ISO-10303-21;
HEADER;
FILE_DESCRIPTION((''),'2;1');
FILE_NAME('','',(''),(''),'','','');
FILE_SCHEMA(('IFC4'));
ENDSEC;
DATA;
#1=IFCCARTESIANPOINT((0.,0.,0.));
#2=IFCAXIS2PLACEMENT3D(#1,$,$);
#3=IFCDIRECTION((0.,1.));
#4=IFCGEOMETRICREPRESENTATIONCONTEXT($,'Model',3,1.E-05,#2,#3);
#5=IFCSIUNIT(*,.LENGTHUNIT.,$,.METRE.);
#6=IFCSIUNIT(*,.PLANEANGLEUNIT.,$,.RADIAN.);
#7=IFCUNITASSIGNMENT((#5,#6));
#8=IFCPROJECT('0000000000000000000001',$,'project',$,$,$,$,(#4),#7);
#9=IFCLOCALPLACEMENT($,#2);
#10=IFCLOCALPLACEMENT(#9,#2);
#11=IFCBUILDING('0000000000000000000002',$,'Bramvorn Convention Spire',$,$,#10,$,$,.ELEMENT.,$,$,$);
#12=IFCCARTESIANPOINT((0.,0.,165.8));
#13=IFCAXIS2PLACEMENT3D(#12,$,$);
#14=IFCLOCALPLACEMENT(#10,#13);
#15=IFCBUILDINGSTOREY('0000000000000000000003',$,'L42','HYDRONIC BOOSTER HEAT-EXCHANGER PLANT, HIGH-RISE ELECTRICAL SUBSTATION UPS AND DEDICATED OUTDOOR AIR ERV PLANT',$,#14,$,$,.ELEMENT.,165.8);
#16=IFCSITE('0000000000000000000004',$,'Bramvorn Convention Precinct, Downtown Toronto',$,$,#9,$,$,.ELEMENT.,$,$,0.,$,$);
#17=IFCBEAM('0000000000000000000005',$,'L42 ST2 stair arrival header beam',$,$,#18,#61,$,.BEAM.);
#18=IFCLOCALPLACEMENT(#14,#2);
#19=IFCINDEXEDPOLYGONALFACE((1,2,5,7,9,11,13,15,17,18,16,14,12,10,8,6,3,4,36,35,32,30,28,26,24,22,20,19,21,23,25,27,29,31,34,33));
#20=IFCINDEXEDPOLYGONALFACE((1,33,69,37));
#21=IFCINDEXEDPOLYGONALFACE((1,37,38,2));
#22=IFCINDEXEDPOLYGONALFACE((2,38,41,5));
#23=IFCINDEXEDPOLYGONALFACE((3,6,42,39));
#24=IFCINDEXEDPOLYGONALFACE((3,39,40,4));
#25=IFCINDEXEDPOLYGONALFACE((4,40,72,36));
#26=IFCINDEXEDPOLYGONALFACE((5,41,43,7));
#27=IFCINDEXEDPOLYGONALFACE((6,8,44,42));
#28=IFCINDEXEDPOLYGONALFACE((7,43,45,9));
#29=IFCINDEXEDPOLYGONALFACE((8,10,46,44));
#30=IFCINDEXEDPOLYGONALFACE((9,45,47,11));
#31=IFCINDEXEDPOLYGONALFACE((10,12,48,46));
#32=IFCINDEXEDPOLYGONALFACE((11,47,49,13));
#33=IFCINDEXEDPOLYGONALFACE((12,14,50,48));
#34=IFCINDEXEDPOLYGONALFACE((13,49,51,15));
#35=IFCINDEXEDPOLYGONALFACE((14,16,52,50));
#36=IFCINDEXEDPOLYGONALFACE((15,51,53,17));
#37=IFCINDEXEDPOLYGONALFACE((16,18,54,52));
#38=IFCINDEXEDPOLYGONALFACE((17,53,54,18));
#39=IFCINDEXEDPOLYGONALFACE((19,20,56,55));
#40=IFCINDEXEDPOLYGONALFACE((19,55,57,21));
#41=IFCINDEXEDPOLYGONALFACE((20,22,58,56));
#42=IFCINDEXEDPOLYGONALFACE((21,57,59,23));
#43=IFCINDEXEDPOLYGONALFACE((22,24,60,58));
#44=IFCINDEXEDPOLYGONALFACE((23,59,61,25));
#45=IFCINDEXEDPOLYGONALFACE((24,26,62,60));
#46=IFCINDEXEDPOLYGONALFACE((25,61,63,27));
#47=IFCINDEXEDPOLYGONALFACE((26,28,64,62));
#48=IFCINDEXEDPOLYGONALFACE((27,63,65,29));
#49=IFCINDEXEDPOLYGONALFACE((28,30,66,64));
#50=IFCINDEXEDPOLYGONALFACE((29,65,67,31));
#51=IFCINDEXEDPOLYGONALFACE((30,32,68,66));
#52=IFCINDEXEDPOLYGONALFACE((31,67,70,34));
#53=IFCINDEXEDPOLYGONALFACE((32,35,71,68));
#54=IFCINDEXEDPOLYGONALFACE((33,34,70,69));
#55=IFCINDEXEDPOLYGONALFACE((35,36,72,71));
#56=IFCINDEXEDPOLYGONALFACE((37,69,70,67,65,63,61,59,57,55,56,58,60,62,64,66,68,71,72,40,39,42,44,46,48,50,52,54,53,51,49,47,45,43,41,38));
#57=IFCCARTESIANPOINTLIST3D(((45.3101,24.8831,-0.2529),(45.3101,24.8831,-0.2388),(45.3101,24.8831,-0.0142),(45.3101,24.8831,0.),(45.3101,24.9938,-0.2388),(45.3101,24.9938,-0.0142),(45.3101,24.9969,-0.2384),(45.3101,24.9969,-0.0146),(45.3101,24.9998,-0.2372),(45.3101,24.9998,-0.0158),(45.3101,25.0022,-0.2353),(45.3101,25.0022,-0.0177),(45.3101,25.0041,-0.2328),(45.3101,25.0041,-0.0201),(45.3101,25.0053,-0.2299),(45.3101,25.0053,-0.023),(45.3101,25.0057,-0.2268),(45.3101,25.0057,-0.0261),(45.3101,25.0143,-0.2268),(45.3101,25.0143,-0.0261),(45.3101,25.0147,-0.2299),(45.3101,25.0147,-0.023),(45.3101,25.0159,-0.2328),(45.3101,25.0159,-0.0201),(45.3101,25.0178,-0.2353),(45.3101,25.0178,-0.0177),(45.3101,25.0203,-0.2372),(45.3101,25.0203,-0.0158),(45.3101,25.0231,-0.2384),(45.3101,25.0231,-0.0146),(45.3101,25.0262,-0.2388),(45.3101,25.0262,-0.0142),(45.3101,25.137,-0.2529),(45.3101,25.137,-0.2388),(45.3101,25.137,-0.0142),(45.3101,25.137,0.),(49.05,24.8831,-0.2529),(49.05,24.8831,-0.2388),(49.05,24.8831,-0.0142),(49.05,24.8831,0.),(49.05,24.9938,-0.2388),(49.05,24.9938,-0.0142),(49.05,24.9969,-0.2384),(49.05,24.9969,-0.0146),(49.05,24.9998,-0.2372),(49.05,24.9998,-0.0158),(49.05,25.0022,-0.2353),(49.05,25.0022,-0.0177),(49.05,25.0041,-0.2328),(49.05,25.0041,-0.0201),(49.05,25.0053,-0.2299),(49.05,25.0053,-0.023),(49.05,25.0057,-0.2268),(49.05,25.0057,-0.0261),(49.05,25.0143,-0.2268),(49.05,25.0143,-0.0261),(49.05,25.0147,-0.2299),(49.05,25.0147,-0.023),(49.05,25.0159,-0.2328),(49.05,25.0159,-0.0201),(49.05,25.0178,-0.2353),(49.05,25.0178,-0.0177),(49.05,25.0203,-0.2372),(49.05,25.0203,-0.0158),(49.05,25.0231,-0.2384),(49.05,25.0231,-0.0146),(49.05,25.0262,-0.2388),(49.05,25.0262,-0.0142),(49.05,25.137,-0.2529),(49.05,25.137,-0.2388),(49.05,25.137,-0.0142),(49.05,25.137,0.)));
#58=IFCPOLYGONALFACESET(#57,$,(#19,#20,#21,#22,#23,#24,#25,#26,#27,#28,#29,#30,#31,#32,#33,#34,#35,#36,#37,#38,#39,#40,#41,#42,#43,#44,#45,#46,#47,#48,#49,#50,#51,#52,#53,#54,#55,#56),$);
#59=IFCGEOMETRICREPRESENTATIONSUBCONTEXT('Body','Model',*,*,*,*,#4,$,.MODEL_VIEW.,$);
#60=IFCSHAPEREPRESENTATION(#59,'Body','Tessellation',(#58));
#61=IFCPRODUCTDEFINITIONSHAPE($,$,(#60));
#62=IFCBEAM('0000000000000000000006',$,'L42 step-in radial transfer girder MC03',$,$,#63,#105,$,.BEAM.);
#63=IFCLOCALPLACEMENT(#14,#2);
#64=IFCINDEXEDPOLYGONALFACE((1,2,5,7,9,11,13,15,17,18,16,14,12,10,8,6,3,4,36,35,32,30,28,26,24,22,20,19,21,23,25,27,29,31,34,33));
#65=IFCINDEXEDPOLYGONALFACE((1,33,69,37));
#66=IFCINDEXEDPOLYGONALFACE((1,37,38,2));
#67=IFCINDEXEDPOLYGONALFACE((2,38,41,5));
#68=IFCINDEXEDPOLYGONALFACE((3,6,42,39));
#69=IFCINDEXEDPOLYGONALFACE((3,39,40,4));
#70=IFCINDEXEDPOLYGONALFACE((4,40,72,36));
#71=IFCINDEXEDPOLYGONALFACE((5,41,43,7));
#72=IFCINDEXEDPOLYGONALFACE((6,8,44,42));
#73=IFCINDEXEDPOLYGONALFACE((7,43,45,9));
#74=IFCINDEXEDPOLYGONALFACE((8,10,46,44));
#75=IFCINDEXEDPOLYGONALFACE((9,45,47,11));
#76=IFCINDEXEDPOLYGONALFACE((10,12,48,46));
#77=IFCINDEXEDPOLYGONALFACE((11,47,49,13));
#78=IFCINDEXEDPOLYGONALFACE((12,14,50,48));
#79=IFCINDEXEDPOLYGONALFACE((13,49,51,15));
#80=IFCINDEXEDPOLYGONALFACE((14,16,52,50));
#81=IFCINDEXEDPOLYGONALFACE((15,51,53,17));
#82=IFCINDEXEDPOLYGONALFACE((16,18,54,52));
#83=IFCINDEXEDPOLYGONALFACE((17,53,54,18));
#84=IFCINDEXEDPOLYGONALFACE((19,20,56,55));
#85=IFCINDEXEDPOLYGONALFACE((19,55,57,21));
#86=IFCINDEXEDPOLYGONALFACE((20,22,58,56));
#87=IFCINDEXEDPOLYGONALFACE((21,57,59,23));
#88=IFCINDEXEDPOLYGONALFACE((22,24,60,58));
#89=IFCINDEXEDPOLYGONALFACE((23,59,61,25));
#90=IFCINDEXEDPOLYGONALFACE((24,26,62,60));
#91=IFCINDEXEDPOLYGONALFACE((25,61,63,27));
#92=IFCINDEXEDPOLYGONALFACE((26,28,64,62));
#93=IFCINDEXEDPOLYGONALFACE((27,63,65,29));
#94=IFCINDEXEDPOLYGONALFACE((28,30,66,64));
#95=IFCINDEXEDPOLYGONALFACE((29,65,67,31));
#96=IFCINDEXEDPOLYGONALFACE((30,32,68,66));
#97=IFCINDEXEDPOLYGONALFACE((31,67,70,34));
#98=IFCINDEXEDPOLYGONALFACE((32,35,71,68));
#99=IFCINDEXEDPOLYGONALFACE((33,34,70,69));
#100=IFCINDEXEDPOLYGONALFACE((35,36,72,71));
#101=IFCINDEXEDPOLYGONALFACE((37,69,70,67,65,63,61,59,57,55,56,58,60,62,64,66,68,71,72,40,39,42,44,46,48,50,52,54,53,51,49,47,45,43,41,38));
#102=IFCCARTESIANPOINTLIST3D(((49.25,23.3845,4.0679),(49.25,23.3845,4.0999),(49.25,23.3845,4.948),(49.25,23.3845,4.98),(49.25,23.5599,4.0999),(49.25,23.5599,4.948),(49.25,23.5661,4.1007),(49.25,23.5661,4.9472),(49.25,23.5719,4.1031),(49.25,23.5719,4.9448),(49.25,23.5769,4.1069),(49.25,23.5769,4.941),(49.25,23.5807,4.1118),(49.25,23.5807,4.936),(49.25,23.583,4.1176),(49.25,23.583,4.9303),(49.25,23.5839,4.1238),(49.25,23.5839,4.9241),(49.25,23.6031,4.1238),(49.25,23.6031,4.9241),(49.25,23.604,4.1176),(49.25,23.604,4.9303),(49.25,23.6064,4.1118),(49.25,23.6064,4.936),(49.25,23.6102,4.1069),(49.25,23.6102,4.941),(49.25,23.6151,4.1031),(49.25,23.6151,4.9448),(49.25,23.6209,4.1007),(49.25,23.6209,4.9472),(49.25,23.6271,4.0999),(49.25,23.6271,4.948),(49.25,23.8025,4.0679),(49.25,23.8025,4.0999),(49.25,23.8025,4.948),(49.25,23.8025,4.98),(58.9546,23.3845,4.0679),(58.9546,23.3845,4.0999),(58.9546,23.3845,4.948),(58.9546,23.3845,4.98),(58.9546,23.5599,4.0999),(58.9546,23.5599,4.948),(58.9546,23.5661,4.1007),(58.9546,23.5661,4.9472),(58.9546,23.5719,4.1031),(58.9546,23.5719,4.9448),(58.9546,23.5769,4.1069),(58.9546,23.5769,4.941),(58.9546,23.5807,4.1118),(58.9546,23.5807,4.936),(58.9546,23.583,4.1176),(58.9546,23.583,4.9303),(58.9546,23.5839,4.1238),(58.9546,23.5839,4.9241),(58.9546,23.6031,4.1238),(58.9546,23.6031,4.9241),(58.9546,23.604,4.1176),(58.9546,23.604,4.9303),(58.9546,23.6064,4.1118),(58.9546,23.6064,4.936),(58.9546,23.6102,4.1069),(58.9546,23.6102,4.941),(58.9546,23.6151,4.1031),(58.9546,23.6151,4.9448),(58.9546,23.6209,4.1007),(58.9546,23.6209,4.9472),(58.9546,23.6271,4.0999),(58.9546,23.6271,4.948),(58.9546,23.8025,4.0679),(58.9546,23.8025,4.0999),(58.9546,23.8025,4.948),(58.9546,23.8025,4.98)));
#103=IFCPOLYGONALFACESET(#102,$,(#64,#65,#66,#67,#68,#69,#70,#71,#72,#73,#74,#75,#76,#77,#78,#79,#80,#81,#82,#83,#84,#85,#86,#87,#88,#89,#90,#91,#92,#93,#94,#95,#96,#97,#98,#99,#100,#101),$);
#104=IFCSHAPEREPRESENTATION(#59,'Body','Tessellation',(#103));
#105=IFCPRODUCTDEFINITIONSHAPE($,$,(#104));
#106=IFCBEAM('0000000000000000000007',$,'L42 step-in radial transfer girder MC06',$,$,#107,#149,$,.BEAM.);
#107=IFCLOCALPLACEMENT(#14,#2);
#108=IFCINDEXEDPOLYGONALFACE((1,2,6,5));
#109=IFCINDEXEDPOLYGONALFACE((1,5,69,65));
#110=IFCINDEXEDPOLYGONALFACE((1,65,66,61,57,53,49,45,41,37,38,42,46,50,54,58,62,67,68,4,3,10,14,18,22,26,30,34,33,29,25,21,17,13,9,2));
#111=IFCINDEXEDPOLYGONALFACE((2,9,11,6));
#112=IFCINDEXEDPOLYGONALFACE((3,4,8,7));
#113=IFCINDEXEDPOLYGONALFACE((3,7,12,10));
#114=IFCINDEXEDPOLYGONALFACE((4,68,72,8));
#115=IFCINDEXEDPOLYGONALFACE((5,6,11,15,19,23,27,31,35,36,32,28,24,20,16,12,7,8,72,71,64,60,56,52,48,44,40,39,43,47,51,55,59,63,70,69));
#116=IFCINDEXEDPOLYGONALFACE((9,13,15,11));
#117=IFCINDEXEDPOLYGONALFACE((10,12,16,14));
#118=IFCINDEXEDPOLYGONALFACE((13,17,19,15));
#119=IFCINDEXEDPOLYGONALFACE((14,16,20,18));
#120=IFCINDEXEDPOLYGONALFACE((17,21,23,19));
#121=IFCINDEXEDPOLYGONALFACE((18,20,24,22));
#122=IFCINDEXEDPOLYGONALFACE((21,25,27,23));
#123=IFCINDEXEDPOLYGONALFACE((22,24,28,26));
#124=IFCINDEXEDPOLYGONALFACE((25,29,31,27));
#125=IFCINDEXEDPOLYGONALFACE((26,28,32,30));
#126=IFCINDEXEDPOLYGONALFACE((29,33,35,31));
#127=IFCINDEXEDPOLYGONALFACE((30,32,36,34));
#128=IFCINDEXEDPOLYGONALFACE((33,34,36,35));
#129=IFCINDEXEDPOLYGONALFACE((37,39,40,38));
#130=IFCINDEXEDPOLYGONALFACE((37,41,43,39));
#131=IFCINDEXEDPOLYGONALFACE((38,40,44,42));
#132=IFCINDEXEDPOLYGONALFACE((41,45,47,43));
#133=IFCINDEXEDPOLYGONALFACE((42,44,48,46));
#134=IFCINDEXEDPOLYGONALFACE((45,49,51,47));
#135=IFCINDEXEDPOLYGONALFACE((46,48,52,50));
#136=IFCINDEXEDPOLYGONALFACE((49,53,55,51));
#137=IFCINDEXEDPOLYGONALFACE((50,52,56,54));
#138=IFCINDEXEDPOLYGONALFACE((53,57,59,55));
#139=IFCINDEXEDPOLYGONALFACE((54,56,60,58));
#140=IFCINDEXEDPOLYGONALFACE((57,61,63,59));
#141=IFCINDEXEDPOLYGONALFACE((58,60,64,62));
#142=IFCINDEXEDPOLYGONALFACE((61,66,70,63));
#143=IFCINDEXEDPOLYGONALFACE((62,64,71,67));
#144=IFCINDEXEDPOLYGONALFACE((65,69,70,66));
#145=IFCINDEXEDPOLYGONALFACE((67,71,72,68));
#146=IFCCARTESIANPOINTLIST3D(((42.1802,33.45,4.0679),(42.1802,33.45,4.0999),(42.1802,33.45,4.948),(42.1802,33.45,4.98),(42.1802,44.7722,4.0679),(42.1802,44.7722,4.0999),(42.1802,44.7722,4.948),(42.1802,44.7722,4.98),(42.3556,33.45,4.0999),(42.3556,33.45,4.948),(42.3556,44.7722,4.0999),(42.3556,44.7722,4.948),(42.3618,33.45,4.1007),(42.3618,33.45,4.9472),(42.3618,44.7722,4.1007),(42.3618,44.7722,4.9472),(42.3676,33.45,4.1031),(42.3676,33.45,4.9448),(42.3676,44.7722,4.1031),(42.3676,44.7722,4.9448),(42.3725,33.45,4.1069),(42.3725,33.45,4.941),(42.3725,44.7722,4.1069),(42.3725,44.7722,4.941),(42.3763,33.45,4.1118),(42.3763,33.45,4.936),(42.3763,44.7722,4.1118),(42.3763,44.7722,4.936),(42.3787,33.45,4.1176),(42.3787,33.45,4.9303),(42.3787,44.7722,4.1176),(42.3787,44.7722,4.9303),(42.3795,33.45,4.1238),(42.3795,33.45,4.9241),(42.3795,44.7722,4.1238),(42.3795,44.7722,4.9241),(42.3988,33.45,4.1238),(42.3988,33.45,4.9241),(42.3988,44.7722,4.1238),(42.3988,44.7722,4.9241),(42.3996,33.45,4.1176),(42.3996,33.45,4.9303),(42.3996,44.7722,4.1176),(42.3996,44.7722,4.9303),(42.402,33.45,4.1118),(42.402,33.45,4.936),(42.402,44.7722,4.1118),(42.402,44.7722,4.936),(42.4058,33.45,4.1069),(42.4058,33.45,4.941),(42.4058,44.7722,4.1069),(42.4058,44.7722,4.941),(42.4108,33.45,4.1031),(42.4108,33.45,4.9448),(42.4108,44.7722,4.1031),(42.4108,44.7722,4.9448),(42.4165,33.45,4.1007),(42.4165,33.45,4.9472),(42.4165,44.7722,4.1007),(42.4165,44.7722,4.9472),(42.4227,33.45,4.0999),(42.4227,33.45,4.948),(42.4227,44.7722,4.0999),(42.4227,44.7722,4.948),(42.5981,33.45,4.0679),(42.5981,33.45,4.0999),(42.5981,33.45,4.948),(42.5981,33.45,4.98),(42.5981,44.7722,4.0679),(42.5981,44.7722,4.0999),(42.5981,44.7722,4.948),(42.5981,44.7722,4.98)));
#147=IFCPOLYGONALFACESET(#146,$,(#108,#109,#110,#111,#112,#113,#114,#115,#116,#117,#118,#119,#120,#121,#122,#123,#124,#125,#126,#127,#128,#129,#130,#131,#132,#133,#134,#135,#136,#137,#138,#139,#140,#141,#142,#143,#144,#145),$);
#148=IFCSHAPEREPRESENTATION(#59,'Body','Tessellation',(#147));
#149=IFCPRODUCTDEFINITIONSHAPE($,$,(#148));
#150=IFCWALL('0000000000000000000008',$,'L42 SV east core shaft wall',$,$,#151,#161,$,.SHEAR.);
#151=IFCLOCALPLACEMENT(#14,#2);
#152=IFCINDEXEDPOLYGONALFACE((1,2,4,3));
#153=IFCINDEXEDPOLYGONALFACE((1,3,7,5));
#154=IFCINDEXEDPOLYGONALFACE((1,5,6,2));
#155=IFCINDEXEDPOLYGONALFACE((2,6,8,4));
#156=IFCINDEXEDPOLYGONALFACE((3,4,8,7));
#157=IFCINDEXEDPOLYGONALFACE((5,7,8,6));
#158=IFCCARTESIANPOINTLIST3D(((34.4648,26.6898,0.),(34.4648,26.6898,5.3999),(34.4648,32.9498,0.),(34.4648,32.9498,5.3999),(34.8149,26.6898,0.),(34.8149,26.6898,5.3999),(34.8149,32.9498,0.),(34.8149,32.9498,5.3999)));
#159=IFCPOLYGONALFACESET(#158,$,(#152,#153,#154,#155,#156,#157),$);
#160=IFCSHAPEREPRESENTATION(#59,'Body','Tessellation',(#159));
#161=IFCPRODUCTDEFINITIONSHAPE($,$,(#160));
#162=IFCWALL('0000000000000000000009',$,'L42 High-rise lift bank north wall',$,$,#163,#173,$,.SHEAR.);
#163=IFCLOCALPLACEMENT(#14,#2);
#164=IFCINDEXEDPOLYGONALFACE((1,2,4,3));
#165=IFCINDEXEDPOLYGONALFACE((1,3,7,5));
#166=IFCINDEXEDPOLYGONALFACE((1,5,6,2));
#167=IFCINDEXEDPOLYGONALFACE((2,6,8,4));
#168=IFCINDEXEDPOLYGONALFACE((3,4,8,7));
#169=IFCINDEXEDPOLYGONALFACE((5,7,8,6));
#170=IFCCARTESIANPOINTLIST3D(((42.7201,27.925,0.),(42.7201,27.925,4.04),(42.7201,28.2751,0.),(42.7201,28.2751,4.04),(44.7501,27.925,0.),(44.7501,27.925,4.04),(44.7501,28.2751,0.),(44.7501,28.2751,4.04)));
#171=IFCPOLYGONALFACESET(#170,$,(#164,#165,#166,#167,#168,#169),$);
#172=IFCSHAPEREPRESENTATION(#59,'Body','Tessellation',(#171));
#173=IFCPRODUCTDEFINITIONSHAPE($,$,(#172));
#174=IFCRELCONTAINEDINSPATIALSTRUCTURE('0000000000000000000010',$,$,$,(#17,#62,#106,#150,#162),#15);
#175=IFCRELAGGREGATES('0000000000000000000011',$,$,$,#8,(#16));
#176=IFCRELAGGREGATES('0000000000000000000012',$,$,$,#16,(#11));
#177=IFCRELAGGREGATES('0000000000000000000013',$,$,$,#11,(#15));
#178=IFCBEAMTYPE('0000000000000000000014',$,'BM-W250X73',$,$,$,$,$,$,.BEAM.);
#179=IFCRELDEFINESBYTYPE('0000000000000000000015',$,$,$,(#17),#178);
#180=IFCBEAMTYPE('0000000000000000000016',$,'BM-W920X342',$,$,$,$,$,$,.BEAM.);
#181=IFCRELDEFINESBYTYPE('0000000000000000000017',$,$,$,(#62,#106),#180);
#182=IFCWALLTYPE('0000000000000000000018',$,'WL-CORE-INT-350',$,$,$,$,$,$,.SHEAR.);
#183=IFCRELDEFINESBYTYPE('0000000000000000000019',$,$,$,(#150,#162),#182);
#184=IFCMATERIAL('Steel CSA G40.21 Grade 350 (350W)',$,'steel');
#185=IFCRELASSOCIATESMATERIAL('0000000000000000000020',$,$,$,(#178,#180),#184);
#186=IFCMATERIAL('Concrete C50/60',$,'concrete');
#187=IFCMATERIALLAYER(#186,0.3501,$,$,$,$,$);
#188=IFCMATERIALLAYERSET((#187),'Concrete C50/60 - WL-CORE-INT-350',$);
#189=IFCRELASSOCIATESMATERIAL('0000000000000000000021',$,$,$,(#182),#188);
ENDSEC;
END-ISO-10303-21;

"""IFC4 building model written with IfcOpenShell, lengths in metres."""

from ifc_helpers import new_model, si_unit, direction, frame, frame_2d, origin, origin_2d, place, context, subcontext, project, spatial, rectangle, i_section, extrude, material, layer, layer_set, material_profile, profile_set, type_object, element, save


model = new_model("IFC4")

# Units and contexts
model_context = context("Model", 3, precision=1e-05, world=origin(), true_north=direction((0.0, 1.0)))
body_context = subcontext(model_context, "Body", "Model", "MODEL_VIEW")
ifc_project = project(units=[si_unit("LENGTHUNIT", "METRE"), si_unit("PLANEANGLEUNIT", "RADIAN")], contexts=[model_context])

# Site, building, storey
site_placement = place(None, origin())
site = spatial("IfcSite", under=ifc_project, at=site_placement, Name="Bramvorn Convention Precinct, Downtown Toronto", CompositionType="ELEMENT", RefElevation=0.0)
building_placement = place(site_placement, origin())
building = spatial("IfcBuilding", under=site, at=building_placement, Name="Bramvorn Convention Spire", CompositionType="ELEMENT")
storey_placement = place(building_placement, frame((0.0, 0.0, 165.8)))
storey = spatial("IfcBuildingStorey", under=building, at=storey_placement, Name="L42", Description="HYDRONIC BOOSTER HEAT-EXCHANGER PLANT, HIGH-RISE ELECTRICAL SUBSTATION UPS AND DEDICATED OUTDOOR AIR ERV PLANT", CompositionType="ELEMENT", Elevation=165.8)

# Beams
ifc_material_1 = material(Name="Steel CSA G40.21 Grade 350 (350W)", Category="steel")
ifc_material_profile_1 = material_profile(ifc_material_1, i_section(OverallWidth=0.2539, OverallDepth=0.2529, WebThickness=0.0085, FlangeThickness=0.0142, FilletRadius=0.012, at=origin_2d()))
ifc_profile_set_1 = profile_set([ifc_material_profile_1], Name="Steel CSA G40.21 Grade 350 (350W) - W250X73")
beam_type_1 = type_object("IfcBeamType", Name="BM-W250X73", PredefinedType="BEAM", material=ifc_profile_set_1)
beam_1_placement = place(storey_placement, frame((45.3101, 25.01, -0.1265), z_axis=(1.0, 0.0, 0.0), x_axis=(0.0, 1.0, 0.0)))
element("IfcBeam", 1, at=beam_1_placement, inside=storey, type_object=beam_type_1, Name="L42 ST2 stair arrival header beam", PredefinedType="BEAM", context=body_context, shape_type="SweptSolid", body=[
    extrude(i_section(OverallWidth=0.2539, OverallDepth=0.2529, WebThickness=0.0085, FlangeThickness=0.0142, FilletRadius=0.012, at=origin_2d()), origin(), (0.0, 0.0, 1.0), 3.74),
])
ifc_material_profile_2 = material_profile(ifc_material_1, i_section(OverallWidth=0.418, OverallDepth=0.9121, WebThickness=0.0193, FlangeThickness=0.032, FilletRadius=0.0239, at=origin_2d()))
ifc_profile_set_2 = profile_set([ifc_material_profile_2], Name="Steel CSA G40.21 Grade 350 (350W) - W920X342")
beam_type_2 = type_object("IfcBeamType", Name="BM-W920X342", PredefinedType="BEAM", material=ifc_profile_set_2)
beam_2_placement = place(storey_placement, frame((49.25, 23.5935, 4.5239), z_axis=(1.0, 0.0, 0.0), x_axis=(0.0, 1.0, 0.0)))
element("IfcBeam", 2, at=beam_2_placement, inside=storey, type_object=beam_type_2, Name="L42 step-in radial transfer girder MC03", PredefinedType="BEAM", context=body_context, shape_type="SweptSolid", body=[
    extrude(i_section(OverallWidth=0.418, OverallDepth=0.9121, WebThickness=0.0193, FlangeThickness=0.032, FilletRadius=0.0239, at=origin_2d()), origin(), (0.0, 0.0, 1.0), 9.7046),
])
beam_3_placement = place(storey_placement, frame((42.3892, 33.45, 4.5239), z_axis=(0.0, 1.0, 0.0), x_axis=(-1.0, 0.0, 0.0)))
element("IfcBeam", 3, at=beam_3_placement, inside=storey, type_object=beam_type_2, Name="L42 step-in radial transfer girder MC06", PredefinedType="BEAM", context=body_context, shape_type="SweptSolid", body=[
    extrude(i_section(OverallWidth=0.418, OverallDepth=0.9121, WebThickness=0.0193, FlangeThickness=0.032, FilletRadius=0.0239, at=origin_2d()), origin(), (0.0, 0.0, 1.0), 11.3223),
])

# Shared definitions
ifc_material_2 = material(Name="Concrete C50/60", Category="concrete")
ifc_layer_1 = layer(ifc_material_2, 0.3501)
ifc_layer_set_1 = layer_set([ifc_layer_1], Name="Concrete C50/60 - WL-CORE-INT-350")
wall_type_1 = type_object("IfcWallType", Name="WL-CORE-INT-350", PredefinedType="SHEAR", material=ifc_layer_set_1)

# Walls
wall_1_placement = place(storey_placement, frame((34.6399, 26.6899, 0.0), z_axis=(0.0, 0.0, 1.0), x_axis=(0.0, 1.0, 0.0)))
element("IfcWall", 4, at=wall_1_placement, inside=storey, type_object=wall_type_1, Name="L42 SV east core shaft wall", PredefinedType="SHEAR", context=body_context, shape_type="SweptSolid", body=[
    extrude(rectangle(XDim=6.26, YDim=0.3501, at=frame_2d((3.1299, 0.0))), origin(), (0.0, 0.0, 1.0), 5.3999),
])
wall_2_placement = place(storey_placement, frame((42.72, 28.1001, 0.0), z_axis=(0.0, 0.0, 1.0), x_axis=(1.0, 0.0, 0.0)))
element("IfcWall", 5, at=wall_2_placement, inside=storey, type_object=wall_type_1, Name="L42 High-rise lift bank north wall", PredefinedType="SHEAR", context=body_context, shape_type="SweptSolid", body=[
    extrude(rectangle(XDim=2.03, YDim=0.3501, at=frame_2d((1.0151, 0.0))), origin(), (0.0, 0.0, 1.0), 4.04),
])

save(model, "model.ifc")
